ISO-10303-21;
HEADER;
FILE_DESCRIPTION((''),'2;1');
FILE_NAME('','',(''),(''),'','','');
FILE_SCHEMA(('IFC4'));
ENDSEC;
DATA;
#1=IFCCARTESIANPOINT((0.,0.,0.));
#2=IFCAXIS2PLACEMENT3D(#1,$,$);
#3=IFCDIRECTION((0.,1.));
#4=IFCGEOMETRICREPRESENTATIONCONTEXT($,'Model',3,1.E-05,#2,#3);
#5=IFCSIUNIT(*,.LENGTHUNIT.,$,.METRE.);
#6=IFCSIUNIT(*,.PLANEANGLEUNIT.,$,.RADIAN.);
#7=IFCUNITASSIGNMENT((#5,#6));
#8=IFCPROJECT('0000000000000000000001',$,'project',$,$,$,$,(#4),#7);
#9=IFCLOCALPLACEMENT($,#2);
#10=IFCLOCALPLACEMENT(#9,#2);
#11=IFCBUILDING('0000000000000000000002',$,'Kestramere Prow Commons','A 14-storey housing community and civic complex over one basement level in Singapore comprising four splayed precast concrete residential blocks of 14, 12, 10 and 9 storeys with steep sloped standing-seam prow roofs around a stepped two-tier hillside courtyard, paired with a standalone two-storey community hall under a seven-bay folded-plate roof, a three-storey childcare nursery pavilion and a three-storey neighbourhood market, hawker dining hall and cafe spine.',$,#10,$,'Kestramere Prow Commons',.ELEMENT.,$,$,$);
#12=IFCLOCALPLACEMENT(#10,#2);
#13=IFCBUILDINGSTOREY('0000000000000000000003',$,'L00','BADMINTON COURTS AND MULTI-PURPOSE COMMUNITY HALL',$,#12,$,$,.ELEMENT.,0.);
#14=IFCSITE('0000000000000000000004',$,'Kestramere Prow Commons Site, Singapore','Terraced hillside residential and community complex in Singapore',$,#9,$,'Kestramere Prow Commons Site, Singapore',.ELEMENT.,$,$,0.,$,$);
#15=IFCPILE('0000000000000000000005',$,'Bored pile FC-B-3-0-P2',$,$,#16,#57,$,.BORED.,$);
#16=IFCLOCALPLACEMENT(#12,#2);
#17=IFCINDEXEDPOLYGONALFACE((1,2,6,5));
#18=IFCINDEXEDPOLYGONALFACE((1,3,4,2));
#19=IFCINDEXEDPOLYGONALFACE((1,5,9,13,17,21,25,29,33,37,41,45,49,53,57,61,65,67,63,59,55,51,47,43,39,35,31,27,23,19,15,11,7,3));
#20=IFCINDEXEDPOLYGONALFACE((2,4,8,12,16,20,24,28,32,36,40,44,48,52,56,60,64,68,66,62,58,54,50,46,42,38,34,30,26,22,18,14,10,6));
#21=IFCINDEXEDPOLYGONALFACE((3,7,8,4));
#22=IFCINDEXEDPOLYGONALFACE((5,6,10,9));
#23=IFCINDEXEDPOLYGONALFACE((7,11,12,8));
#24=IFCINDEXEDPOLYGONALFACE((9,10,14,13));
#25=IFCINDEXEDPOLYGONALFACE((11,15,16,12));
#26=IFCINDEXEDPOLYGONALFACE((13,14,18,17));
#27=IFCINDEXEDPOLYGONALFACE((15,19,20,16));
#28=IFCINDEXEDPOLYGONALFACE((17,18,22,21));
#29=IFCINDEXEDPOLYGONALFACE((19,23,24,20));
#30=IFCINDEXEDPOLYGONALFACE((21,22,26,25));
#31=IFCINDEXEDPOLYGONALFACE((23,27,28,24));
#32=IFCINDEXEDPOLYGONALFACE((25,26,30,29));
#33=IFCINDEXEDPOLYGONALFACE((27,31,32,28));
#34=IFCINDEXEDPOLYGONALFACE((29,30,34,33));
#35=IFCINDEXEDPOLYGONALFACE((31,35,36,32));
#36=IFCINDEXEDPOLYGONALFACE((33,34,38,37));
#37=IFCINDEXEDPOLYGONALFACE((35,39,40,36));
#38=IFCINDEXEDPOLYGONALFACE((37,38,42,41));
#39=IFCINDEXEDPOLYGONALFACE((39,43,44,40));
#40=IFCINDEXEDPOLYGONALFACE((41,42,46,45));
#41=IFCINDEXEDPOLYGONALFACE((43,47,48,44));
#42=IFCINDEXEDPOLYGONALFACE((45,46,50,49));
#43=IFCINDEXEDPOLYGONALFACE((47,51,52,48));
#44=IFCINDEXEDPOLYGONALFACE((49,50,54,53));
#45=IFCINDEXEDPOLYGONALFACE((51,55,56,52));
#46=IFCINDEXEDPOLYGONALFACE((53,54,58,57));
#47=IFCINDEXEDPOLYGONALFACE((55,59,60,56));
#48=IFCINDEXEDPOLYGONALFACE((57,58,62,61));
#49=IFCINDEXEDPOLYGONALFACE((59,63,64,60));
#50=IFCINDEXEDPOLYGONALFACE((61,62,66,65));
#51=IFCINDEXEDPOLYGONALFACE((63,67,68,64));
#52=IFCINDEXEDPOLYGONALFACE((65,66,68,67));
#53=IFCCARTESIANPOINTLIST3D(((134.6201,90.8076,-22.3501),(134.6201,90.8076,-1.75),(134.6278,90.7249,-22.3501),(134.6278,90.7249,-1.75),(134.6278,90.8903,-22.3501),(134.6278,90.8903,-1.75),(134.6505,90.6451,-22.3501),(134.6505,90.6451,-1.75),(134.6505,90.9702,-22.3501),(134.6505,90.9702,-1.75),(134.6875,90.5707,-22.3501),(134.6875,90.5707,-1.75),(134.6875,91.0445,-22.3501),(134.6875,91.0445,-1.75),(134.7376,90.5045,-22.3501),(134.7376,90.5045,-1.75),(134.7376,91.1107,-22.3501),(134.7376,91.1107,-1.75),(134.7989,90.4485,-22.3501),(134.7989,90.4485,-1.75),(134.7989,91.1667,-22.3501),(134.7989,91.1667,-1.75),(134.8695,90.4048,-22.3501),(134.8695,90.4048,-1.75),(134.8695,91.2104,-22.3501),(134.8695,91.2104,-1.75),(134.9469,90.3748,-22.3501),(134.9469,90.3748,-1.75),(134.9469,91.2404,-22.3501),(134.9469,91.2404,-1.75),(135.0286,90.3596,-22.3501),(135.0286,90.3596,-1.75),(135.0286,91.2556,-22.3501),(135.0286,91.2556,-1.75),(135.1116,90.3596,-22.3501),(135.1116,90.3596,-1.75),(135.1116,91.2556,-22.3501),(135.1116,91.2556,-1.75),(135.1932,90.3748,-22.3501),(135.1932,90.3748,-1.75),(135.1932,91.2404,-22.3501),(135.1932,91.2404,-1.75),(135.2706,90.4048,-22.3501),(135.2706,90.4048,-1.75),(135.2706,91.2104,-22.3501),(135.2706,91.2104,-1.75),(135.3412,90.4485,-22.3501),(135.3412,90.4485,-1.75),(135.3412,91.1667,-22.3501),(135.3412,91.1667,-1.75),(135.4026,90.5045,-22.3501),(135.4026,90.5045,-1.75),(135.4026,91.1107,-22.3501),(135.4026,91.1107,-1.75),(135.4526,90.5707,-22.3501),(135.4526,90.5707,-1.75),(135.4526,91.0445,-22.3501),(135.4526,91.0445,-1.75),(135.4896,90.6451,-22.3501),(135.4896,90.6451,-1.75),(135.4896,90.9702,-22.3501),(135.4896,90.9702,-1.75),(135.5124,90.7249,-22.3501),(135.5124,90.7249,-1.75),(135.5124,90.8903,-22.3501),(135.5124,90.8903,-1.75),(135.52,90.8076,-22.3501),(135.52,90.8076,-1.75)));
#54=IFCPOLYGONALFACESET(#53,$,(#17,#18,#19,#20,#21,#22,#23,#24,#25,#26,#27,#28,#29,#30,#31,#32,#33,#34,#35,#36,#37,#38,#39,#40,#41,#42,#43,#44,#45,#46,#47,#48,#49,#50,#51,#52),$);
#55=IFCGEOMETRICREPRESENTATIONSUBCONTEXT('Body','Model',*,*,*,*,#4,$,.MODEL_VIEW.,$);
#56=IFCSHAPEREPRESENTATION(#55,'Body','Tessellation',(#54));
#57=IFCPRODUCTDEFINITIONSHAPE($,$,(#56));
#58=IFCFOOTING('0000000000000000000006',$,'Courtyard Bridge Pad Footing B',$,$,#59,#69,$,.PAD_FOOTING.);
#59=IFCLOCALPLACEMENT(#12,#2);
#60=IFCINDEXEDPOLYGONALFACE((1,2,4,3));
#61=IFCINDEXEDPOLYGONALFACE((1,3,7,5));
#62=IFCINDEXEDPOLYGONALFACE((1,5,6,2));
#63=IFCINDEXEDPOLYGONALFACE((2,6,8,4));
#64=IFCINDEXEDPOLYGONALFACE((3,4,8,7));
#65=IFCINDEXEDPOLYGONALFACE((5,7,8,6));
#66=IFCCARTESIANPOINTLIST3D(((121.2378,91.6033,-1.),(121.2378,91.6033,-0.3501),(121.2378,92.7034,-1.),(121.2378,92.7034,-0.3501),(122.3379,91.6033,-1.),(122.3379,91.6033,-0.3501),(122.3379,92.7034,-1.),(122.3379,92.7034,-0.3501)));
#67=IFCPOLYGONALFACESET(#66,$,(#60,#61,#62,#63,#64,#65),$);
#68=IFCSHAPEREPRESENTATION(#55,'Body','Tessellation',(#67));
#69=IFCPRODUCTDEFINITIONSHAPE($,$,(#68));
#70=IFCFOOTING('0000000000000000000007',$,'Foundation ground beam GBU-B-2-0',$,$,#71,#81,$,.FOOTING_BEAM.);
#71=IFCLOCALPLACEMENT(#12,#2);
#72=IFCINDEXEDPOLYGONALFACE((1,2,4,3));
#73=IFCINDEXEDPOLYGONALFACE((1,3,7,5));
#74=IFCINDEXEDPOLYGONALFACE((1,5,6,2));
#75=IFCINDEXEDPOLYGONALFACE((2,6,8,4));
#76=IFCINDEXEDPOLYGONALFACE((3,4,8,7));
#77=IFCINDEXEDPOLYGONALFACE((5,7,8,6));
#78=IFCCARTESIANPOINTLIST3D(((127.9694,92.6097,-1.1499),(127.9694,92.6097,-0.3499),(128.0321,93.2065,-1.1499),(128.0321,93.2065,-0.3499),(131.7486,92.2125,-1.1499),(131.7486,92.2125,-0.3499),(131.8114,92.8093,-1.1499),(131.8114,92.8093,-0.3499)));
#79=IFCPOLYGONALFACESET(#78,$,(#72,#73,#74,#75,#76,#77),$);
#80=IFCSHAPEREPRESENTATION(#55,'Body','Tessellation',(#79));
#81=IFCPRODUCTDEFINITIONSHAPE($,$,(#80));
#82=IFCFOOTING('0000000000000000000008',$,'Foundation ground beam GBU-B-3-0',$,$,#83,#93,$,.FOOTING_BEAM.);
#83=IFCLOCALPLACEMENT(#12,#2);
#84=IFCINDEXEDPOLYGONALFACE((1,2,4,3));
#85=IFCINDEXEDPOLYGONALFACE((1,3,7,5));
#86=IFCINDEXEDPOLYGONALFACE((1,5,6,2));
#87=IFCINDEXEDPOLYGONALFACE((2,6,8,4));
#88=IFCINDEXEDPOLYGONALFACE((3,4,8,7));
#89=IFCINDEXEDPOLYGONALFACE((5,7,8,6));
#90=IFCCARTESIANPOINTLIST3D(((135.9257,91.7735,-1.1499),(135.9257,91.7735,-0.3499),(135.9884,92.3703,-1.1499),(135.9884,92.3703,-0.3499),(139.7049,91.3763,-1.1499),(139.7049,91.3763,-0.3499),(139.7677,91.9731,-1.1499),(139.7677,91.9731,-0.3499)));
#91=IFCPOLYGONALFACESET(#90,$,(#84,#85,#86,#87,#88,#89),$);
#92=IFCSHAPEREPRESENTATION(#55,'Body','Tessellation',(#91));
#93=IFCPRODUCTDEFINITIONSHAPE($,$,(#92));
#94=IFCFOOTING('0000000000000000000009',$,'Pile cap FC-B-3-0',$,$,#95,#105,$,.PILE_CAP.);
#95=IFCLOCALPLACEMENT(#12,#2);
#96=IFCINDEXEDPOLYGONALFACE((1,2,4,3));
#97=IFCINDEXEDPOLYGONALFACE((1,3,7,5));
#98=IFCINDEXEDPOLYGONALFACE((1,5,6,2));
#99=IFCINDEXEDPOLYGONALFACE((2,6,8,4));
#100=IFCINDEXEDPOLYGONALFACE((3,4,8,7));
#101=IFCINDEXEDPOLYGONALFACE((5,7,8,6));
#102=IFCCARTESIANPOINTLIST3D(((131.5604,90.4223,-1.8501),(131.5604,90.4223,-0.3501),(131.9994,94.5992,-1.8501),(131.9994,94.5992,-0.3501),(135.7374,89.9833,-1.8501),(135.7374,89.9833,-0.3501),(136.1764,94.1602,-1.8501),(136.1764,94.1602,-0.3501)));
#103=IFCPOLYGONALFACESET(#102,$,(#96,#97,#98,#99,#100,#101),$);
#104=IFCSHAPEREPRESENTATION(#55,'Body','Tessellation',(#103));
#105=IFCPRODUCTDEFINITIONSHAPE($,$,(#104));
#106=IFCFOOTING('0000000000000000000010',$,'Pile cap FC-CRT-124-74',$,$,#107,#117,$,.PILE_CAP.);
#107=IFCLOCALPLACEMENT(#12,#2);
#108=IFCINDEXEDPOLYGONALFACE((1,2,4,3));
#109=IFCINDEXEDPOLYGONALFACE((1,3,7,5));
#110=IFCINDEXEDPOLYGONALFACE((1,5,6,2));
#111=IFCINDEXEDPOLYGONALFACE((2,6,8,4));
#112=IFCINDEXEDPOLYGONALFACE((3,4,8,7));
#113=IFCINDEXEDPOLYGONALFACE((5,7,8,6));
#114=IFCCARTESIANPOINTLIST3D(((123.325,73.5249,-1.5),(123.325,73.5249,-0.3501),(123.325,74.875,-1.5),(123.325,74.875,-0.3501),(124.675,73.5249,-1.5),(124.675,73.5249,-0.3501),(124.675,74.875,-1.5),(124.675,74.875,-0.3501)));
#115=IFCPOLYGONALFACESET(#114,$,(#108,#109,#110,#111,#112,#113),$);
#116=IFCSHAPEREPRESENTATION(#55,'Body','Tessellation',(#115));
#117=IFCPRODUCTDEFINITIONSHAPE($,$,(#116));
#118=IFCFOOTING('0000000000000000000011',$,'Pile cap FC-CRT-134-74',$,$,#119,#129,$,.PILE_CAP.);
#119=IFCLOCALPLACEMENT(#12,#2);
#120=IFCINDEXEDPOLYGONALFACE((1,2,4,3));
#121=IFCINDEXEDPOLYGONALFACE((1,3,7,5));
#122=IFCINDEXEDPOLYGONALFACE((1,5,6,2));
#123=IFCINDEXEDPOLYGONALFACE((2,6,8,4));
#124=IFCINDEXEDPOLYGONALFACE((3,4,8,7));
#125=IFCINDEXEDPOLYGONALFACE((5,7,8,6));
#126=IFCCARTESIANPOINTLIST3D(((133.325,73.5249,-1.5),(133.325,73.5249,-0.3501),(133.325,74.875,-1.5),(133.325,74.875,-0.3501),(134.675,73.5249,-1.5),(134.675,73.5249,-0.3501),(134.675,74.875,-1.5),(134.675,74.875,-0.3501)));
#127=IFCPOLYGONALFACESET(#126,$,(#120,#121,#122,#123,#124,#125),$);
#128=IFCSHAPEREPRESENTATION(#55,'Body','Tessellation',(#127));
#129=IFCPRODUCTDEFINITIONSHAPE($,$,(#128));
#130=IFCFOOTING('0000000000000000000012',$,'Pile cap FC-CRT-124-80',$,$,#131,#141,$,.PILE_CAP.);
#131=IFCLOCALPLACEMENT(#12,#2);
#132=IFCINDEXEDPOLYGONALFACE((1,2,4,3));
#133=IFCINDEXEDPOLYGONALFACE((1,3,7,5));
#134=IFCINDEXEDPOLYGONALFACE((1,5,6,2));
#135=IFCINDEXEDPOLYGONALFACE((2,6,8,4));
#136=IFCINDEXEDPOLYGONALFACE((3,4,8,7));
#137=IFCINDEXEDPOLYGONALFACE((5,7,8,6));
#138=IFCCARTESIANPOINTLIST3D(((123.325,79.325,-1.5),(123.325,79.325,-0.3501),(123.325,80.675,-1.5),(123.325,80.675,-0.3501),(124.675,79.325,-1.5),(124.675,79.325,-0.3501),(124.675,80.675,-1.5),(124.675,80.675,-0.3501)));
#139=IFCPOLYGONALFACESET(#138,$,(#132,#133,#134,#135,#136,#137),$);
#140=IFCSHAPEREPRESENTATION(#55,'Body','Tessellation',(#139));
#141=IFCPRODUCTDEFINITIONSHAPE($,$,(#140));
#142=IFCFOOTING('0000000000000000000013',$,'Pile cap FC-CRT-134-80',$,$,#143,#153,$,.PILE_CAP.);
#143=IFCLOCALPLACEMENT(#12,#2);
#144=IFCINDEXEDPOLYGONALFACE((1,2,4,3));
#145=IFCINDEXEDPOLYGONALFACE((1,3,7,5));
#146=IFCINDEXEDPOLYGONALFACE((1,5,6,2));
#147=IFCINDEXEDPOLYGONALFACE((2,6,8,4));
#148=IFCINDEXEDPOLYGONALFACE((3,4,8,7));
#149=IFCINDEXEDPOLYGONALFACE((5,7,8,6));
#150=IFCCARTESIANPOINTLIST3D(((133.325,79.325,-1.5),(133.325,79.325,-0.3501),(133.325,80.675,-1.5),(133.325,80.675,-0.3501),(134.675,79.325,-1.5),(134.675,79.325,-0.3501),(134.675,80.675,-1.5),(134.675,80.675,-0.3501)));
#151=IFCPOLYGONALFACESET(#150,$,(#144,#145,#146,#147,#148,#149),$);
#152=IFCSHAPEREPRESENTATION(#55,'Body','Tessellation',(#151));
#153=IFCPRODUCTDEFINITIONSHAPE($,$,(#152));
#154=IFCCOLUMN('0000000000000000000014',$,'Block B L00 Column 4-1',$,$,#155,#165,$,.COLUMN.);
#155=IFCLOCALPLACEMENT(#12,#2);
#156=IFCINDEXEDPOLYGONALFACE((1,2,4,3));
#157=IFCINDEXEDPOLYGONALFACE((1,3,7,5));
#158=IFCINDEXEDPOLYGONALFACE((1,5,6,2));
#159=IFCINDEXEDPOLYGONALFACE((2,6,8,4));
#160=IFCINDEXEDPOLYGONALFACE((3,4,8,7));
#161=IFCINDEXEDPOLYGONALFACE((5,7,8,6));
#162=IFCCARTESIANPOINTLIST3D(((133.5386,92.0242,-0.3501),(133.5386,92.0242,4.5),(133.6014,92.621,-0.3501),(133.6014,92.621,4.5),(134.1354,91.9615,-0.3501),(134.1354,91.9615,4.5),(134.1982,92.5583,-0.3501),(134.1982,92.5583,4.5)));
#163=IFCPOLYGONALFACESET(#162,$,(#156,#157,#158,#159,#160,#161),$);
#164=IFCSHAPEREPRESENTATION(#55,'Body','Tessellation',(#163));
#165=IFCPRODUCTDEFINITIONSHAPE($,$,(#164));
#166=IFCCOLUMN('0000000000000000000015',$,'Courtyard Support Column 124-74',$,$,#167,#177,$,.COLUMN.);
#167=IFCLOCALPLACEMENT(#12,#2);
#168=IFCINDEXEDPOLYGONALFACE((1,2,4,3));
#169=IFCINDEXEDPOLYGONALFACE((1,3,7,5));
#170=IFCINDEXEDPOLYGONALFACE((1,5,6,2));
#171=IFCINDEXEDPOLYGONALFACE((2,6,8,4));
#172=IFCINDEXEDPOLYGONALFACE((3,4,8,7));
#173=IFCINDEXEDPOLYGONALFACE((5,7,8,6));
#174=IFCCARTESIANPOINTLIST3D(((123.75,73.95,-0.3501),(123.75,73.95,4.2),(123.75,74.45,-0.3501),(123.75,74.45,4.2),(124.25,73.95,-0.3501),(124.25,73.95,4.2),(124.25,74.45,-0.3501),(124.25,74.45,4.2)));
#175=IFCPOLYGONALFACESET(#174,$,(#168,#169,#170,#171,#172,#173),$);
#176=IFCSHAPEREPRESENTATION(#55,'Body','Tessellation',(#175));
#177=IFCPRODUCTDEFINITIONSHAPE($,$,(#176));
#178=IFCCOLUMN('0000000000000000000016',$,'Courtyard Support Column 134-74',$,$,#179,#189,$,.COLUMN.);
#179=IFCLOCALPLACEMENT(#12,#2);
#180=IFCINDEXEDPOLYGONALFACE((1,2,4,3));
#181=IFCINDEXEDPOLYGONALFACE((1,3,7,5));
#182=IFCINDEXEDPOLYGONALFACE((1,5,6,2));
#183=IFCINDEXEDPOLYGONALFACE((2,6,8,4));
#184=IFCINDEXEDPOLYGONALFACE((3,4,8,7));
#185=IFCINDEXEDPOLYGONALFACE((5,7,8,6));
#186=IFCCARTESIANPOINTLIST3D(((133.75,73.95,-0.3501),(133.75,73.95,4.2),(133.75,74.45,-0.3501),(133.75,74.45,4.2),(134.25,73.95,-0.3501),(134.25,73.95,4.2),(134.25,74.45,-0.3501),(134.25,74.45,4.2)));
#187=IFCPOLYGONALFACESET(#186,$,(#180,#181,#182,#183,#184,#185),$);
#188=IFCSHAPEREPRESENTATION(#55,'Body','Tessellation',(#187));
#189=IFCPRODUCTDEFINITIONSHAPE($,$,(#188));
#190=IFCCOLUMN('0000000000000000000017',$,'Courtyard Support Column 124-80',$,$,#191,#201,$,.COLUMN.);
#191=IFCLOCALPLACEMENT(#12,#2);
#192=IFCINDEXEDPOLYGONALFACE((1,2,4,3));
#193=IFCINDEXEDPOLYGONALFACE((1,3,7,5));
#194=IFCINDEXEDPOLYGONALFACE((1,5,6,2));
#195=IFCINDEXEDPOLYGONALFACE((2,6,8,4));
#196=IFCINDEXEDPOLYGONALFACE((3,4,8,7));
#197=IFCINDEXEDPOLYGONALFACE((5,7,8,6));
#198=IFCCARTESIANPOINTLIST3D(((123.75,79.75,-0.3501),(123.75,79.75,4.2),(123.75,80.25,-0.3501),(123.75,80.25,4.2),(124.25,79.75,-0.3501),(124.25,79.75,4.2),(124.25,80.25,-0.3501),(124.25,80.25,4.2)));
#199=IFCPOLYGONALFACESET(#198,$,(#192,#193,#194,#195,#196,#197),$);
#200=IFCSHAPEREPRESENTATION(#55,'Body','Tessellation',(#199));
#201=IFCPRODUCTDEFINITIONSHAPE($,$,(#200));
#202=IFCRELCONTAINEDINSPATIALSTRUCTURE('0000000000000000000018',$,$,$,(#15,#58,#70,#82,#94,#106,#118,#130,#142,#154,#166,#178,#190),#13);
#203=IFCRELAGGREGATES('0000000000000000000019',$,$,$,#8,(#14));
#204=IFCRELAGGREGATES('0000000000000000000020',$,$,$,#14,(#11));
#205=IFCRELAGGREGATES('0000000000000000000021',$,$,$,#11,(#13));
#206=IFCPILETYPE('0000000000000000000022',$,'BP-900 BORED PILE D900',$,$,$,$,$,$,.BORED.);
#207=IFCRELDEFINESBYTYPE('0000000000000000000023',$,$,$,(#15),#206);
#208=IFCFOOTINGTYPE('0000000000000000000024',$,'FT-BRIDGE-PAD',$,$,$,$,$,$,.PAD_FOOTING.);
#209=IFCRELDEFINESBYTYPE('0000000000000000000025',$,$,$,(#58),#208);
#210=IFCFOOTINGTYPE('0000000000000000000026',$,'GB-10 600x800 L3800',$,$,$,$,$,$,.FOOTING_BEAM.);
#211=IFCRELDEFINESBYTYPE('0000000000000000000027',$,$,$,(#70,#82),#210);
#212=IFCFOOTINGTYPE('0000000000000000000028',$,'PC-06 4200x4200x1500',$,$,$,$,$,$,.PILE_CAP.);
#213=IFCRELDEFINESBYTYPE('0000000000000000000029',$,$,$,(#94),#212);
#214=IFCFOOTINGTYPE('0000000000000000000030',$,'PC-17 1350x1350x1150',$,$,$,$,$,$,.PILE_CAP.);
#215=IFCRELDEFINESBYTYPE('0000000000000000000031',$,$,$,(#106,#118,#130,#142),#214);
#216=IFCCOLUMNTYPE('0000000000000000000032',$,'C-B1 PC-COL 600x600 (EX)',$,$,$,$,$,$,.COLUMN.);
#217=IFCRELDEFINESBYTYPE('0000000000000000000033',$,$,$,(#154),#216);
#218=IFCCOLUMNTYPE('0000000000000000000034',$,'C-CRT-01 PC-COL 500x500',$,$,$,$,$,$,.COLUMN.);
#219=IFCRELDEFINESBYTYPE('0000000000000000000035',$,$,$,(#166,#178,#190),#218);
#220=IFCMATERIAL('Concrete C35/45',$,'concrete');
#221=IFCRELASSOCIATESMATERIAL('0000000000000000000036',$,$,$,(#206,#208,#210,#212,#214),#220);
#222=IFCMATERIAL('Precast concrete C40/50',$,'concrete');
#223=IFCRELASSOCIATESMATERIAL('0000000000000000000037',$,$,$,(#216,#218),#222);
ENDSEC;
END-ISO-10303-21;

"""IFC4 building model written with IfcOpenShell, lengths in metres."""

from ifc_helpers import new_model, si_unit, direction, frame, origin, origin_2d, place, context, subcontext, project, spatial, rectangle, circle, extrude, material, material_profile, profile_set, type_object, element, save


model = new_model("IFC4")

# Units and contexts
model_context = context("Model", 3, precision=1e-05, world=origin(), true_north=direction((0.0, 1.0)))
body_context = subcontext(model_context, "Body", "Model", "MODEL_VIEW")
ifc_project = project(units=[si_unit("LENGTHUNIT", "METRE"), si_unit("PLANEANGLEUNIT", "RADIAN")], contexts=[model_context])

# Site, building, storey
site_placement = place(None, origin())
site = spatial("IfcSite", under=ifc_project, at=site_placement, Name="Kestramere Prow Commons Site, Singapore", Description="Terraced hillside residential and community complex in Singapore", LongName="Kestramere Prow Commons Site, Singapore", CompositionType="ELEMENT", RefElevation=0.0)
building_placement = place(site_placement, origin())
building = spatial("IfcBuilding", under=site, at=building_placement, Name="Kestramere Prow Commons", Description="A 14-storey housing community and civic complex over one basement level in Singapore comprising four splayed precast concrete residential blocks of 14, 12, 10 and 9 storeys with steep sloped standing-seam prow roofs around a stepped two-tier hillside courtyard, paired with a standalone two-storey community hall under a seven-bay folded-plate roof, a three-storey childcare nursery pavilion and a three-storey neighbourhood market, hawker dining hall and cafe spine.", LongName="Kestramere Prow Commons", CompositionType="ELEMENT")
storey_placement = place(building_placement, origin())
storey = spatial("IfcBuildingStorey", under=building, at=storey_placement, Name="L00", Description="BADMINTON COURTS AND MULTI-PURPOSE COMMUNITY HALL", CompositionType="ELEMENT", Elevation=0.0)

# Pile
ifc_material_1 = material(Name="Concrete C35/45", Category="concrete")
ifc_material_profile_1 = material_profile(ifc_material_1, circle(Radius=0.45, at=origin_2d()), Name="BORED PILE D900")
ifc_profile_set_1 = profile_set([ifc_material_profile_1], Name="Concrete C35/45")
pile_type_1 = type_object("IfcPileType", Name="BP-900 BORED PILE D900", PredefinedType="BORED", material=ifc_profile_set_1)
for number, where, z_axis, x_axis, name in (
    (1, (135.0701, 90.8076, -1.75), (0.0, 0.0, -1.0), (1.0, 0.0, 0.0), "Bored pile FC-B-3-0-P2"),
):
    element("IfcPile", number, at=place(storey_placement, frame(where, z_axis=z_axis, x_axis=x_axis)), inside=storey, type_object=pile_type_1, Name=name, PredefinedType="BORED", context=body_context, shape_type="SweptSolid", body=[
        extrude(circle(Radius=0.45, at=origin_2d()), origin(), (0.0, 0.0, 1.0), 20.6001),
    ])

# Footings
footing_type_1 = type_object("IfcFootingType", Name="FT-BRIDGE-PAD", PredefinedType="PAD_FOOTING", material=ifc_material_1)
footing_1_placement = place(storey_placement, frame((121.7878, 92.1533, -1.0), z_axis=(0.0, 0.0, 1.0), x_axis=(1.0, 0.0, 0.0)))
element("IfcFooting", 2, at=footing_1_placement, inside=storey, type_object=footing_type_1, Name="Courtyard Bridge Pad Footing B", PredefinedType="PAD_FOOTING", context=body_context, shape_type="SweptSolid", body=[
    extrude(rectangle(XDim=1.1001, YDim=1.1001, at=origin_2d()), origin(), (0.0, 0.0, 1.0), 0.6499),
])
footing_type_2 = type_object("IfcFootingType", Name="GB-10 600x800 L3800", PredefinedType="FOOTING_BEAM", material=ifc_material_1)
for number, where, z_axis, x_axis, name in (
    (3, (129.8904, 92.7095, -1.1499), (0.0, 0.0, 1.0), (0.994522, -0.104528, 0.0), "Foundation ground beam GBU-B-2-0"),
    (4, (137.8467, 91.8733, -1.1499), (0.0, 0.0, 1.0), (0.994522, -0.104528, 0.0), "Foundation ground beam GBU-B-3-0"),
):
    element("IfcFooting", number, at=place(storey_placement, frame(where, z_axis=z_axis, x_axis=x_axis)), inside=storey, type_object=footing_type_2, Name=name, PredefinedType="FOOTING_BEAM", context=body_context, shape_type="SweptSolid", body=[
        extrude(rectangle(XDim=3.8, YDim=0.6001, at=origin_2d()), origin(), (0.0, 0.0, 1.0), 0.8),
    ])
footing_type_3 = type_object("IfcFootingType", Name="PC-06 4200x4200x1500", PredefinedType="PILE_CAP", material=ifc_material_1)
footing_2_placement = place(storey_placement, frame((133.8684, 92.2913, -1.8501), z_axis=(0.0, 0.0, 1.0), x_axis=(0.994522, -0.104528, 0.0)))
element("IfcFooting", 5, at=footing_2_placement, inside=storey, type_object=footing_type_3, Name="Pile cap FC-B-3-0", PredefinedType="PILE_CAP", context=body_context, shape_type="SweptSolid", body=[
    extrude(rectangle(XDim=4.2, YDim=4.2, at=origin_2d()), origin(), (0.0, 0.0, 1.0), 1.5),
])
footing_type_4 = type_object("IfcFootingType", Name="PC-17 1350x1350x1150", PredefinedType="PILE_CAP", material=ifc_material_1)
for number, where, z_axis, x_axis, name in (
    (6, (124.0, 74.2, -1.5), (0.0, 0.0, 1.0), (1.0, 0.0, 0.0), "Pile cap FC-CRT-124-74"),
    (7, (134.0, 74.2, -1.5), (0.0, 0.0, 1.0), (1.0, 0.0, 0.0), "Pile cap FC-CRT-134-74"),
    (8, (124.0, 80.0, -1.5), (0.0, 0.0, 1.0), (1.0, 0.0, 0.0), "Pile cap FC-CRT-124-80"),
    (9, (134.0, 80.0, -1.5), (0.0, 0.0, 1.0), (1.0, 0.0, 0.0), "Pile cap FC-CRT-134-80"),
):
    element("IfcFooting", number, at=place(storey_placement, frame(where, z_axis=z_axis, x_axis=x_axis)), inside=storey, type_object=footing_type_4, Name=name, PredefinedType="PILE_CAP", context=body_context, shape_type="SweptSolid", body=[
        extrude(rectangle(XDim=1.3501, YDim=1.3501, at=origin_2d()), origin(), (0.0, 0.0, 1.0), 1.1499),
    ])

# Columns
ifc_material_2 = material(Name="Precast concrete C40/50", Category="concrete")
ifc_material_profile_2 = material_profile(ifc_material_2, rectangle(XDim=0.6001, YDim=0.6001, at=origin_2d()), Name="PC-COL 600x600")
ifc_profile_set_2 = profile_set([ifc_material_profile_2], Name="Precast concrete C40/50")
column_type_1 = type_object("IfcColumnType", Name="C-B1 PC-COL 600x600 (EX)", PredefinedType="COLUMN", material=ifc_profile_set_2)
column_1_placement = place(storey_placement, frame((133.8684, 92.2913, -0.3501), z_axis=(0.0, 0.0, 1.0), x_axis=(0.994522, -0.104528, 0.0)))
element("IfcColumn", 10, at=column_1_placement, inside=storey, type_object=column_type_1, Name="Block B L00 Column 4-1", PredefinedType="COLUMN", context=body_context, shape_type="SweptSolid", body=[
    extrude(rectangle(XDim=0.6001, YDim=0.6001, at=origin_2d()), origin(), (0.0, 0.0, 1.0), 4.8501),
])
ifc_material_profile_3 = material_profile(ifc_material_2, rectangle(XDim=0.5, YDim=0.5, at=origin_2d()), Name="PC-COL 500x500")
ifc_profile_set_3 = profile_set([ifc_material_profile_3], Name="Precast concrete C40/50")
column_type_2 = type_object("IfcColumnType", Name="C-CRT-01 PC-COL 500x500", PredefinedType="COLUMN", material=ifc_profile_set_3)
for number, where, z_axis, x_axis, name in (
    (11, (124.0, 74.2, -0.3501), (0.0, 0.0, 1.0), (1.0, 0.0, 0.0), "Courtyard Support Column 124-74"),
    (12, (134.0, 74.2, -0.3501), (0.0, 0.0, 1.0), (1.0, 0.0, 0.0), "Courtyard Support Column 134-74"),
    (13, (124.0, 80.0, -0.3501), (0.0, 0.0, 1.0), (1.0, 0.0, 0.0), "Courtyard Support Column 124-80"),
):
    element("IfcColumn", number, at=place(storey_placement, frame(where, z_axis=z_axis, x_axis=x_axis)), inside=storey, type_object=column_type_2, Name=name, PredefinedType="COLUMN", context=body_context, shape_type="SweptSolid", body=[
        extrude(rectangle(XDim=0.5, YDim=0.5, at=origin_2d()), origin(), (0.0, 0.0, 1.0), 4.55),
    ])

save(model, "model.ifc")
